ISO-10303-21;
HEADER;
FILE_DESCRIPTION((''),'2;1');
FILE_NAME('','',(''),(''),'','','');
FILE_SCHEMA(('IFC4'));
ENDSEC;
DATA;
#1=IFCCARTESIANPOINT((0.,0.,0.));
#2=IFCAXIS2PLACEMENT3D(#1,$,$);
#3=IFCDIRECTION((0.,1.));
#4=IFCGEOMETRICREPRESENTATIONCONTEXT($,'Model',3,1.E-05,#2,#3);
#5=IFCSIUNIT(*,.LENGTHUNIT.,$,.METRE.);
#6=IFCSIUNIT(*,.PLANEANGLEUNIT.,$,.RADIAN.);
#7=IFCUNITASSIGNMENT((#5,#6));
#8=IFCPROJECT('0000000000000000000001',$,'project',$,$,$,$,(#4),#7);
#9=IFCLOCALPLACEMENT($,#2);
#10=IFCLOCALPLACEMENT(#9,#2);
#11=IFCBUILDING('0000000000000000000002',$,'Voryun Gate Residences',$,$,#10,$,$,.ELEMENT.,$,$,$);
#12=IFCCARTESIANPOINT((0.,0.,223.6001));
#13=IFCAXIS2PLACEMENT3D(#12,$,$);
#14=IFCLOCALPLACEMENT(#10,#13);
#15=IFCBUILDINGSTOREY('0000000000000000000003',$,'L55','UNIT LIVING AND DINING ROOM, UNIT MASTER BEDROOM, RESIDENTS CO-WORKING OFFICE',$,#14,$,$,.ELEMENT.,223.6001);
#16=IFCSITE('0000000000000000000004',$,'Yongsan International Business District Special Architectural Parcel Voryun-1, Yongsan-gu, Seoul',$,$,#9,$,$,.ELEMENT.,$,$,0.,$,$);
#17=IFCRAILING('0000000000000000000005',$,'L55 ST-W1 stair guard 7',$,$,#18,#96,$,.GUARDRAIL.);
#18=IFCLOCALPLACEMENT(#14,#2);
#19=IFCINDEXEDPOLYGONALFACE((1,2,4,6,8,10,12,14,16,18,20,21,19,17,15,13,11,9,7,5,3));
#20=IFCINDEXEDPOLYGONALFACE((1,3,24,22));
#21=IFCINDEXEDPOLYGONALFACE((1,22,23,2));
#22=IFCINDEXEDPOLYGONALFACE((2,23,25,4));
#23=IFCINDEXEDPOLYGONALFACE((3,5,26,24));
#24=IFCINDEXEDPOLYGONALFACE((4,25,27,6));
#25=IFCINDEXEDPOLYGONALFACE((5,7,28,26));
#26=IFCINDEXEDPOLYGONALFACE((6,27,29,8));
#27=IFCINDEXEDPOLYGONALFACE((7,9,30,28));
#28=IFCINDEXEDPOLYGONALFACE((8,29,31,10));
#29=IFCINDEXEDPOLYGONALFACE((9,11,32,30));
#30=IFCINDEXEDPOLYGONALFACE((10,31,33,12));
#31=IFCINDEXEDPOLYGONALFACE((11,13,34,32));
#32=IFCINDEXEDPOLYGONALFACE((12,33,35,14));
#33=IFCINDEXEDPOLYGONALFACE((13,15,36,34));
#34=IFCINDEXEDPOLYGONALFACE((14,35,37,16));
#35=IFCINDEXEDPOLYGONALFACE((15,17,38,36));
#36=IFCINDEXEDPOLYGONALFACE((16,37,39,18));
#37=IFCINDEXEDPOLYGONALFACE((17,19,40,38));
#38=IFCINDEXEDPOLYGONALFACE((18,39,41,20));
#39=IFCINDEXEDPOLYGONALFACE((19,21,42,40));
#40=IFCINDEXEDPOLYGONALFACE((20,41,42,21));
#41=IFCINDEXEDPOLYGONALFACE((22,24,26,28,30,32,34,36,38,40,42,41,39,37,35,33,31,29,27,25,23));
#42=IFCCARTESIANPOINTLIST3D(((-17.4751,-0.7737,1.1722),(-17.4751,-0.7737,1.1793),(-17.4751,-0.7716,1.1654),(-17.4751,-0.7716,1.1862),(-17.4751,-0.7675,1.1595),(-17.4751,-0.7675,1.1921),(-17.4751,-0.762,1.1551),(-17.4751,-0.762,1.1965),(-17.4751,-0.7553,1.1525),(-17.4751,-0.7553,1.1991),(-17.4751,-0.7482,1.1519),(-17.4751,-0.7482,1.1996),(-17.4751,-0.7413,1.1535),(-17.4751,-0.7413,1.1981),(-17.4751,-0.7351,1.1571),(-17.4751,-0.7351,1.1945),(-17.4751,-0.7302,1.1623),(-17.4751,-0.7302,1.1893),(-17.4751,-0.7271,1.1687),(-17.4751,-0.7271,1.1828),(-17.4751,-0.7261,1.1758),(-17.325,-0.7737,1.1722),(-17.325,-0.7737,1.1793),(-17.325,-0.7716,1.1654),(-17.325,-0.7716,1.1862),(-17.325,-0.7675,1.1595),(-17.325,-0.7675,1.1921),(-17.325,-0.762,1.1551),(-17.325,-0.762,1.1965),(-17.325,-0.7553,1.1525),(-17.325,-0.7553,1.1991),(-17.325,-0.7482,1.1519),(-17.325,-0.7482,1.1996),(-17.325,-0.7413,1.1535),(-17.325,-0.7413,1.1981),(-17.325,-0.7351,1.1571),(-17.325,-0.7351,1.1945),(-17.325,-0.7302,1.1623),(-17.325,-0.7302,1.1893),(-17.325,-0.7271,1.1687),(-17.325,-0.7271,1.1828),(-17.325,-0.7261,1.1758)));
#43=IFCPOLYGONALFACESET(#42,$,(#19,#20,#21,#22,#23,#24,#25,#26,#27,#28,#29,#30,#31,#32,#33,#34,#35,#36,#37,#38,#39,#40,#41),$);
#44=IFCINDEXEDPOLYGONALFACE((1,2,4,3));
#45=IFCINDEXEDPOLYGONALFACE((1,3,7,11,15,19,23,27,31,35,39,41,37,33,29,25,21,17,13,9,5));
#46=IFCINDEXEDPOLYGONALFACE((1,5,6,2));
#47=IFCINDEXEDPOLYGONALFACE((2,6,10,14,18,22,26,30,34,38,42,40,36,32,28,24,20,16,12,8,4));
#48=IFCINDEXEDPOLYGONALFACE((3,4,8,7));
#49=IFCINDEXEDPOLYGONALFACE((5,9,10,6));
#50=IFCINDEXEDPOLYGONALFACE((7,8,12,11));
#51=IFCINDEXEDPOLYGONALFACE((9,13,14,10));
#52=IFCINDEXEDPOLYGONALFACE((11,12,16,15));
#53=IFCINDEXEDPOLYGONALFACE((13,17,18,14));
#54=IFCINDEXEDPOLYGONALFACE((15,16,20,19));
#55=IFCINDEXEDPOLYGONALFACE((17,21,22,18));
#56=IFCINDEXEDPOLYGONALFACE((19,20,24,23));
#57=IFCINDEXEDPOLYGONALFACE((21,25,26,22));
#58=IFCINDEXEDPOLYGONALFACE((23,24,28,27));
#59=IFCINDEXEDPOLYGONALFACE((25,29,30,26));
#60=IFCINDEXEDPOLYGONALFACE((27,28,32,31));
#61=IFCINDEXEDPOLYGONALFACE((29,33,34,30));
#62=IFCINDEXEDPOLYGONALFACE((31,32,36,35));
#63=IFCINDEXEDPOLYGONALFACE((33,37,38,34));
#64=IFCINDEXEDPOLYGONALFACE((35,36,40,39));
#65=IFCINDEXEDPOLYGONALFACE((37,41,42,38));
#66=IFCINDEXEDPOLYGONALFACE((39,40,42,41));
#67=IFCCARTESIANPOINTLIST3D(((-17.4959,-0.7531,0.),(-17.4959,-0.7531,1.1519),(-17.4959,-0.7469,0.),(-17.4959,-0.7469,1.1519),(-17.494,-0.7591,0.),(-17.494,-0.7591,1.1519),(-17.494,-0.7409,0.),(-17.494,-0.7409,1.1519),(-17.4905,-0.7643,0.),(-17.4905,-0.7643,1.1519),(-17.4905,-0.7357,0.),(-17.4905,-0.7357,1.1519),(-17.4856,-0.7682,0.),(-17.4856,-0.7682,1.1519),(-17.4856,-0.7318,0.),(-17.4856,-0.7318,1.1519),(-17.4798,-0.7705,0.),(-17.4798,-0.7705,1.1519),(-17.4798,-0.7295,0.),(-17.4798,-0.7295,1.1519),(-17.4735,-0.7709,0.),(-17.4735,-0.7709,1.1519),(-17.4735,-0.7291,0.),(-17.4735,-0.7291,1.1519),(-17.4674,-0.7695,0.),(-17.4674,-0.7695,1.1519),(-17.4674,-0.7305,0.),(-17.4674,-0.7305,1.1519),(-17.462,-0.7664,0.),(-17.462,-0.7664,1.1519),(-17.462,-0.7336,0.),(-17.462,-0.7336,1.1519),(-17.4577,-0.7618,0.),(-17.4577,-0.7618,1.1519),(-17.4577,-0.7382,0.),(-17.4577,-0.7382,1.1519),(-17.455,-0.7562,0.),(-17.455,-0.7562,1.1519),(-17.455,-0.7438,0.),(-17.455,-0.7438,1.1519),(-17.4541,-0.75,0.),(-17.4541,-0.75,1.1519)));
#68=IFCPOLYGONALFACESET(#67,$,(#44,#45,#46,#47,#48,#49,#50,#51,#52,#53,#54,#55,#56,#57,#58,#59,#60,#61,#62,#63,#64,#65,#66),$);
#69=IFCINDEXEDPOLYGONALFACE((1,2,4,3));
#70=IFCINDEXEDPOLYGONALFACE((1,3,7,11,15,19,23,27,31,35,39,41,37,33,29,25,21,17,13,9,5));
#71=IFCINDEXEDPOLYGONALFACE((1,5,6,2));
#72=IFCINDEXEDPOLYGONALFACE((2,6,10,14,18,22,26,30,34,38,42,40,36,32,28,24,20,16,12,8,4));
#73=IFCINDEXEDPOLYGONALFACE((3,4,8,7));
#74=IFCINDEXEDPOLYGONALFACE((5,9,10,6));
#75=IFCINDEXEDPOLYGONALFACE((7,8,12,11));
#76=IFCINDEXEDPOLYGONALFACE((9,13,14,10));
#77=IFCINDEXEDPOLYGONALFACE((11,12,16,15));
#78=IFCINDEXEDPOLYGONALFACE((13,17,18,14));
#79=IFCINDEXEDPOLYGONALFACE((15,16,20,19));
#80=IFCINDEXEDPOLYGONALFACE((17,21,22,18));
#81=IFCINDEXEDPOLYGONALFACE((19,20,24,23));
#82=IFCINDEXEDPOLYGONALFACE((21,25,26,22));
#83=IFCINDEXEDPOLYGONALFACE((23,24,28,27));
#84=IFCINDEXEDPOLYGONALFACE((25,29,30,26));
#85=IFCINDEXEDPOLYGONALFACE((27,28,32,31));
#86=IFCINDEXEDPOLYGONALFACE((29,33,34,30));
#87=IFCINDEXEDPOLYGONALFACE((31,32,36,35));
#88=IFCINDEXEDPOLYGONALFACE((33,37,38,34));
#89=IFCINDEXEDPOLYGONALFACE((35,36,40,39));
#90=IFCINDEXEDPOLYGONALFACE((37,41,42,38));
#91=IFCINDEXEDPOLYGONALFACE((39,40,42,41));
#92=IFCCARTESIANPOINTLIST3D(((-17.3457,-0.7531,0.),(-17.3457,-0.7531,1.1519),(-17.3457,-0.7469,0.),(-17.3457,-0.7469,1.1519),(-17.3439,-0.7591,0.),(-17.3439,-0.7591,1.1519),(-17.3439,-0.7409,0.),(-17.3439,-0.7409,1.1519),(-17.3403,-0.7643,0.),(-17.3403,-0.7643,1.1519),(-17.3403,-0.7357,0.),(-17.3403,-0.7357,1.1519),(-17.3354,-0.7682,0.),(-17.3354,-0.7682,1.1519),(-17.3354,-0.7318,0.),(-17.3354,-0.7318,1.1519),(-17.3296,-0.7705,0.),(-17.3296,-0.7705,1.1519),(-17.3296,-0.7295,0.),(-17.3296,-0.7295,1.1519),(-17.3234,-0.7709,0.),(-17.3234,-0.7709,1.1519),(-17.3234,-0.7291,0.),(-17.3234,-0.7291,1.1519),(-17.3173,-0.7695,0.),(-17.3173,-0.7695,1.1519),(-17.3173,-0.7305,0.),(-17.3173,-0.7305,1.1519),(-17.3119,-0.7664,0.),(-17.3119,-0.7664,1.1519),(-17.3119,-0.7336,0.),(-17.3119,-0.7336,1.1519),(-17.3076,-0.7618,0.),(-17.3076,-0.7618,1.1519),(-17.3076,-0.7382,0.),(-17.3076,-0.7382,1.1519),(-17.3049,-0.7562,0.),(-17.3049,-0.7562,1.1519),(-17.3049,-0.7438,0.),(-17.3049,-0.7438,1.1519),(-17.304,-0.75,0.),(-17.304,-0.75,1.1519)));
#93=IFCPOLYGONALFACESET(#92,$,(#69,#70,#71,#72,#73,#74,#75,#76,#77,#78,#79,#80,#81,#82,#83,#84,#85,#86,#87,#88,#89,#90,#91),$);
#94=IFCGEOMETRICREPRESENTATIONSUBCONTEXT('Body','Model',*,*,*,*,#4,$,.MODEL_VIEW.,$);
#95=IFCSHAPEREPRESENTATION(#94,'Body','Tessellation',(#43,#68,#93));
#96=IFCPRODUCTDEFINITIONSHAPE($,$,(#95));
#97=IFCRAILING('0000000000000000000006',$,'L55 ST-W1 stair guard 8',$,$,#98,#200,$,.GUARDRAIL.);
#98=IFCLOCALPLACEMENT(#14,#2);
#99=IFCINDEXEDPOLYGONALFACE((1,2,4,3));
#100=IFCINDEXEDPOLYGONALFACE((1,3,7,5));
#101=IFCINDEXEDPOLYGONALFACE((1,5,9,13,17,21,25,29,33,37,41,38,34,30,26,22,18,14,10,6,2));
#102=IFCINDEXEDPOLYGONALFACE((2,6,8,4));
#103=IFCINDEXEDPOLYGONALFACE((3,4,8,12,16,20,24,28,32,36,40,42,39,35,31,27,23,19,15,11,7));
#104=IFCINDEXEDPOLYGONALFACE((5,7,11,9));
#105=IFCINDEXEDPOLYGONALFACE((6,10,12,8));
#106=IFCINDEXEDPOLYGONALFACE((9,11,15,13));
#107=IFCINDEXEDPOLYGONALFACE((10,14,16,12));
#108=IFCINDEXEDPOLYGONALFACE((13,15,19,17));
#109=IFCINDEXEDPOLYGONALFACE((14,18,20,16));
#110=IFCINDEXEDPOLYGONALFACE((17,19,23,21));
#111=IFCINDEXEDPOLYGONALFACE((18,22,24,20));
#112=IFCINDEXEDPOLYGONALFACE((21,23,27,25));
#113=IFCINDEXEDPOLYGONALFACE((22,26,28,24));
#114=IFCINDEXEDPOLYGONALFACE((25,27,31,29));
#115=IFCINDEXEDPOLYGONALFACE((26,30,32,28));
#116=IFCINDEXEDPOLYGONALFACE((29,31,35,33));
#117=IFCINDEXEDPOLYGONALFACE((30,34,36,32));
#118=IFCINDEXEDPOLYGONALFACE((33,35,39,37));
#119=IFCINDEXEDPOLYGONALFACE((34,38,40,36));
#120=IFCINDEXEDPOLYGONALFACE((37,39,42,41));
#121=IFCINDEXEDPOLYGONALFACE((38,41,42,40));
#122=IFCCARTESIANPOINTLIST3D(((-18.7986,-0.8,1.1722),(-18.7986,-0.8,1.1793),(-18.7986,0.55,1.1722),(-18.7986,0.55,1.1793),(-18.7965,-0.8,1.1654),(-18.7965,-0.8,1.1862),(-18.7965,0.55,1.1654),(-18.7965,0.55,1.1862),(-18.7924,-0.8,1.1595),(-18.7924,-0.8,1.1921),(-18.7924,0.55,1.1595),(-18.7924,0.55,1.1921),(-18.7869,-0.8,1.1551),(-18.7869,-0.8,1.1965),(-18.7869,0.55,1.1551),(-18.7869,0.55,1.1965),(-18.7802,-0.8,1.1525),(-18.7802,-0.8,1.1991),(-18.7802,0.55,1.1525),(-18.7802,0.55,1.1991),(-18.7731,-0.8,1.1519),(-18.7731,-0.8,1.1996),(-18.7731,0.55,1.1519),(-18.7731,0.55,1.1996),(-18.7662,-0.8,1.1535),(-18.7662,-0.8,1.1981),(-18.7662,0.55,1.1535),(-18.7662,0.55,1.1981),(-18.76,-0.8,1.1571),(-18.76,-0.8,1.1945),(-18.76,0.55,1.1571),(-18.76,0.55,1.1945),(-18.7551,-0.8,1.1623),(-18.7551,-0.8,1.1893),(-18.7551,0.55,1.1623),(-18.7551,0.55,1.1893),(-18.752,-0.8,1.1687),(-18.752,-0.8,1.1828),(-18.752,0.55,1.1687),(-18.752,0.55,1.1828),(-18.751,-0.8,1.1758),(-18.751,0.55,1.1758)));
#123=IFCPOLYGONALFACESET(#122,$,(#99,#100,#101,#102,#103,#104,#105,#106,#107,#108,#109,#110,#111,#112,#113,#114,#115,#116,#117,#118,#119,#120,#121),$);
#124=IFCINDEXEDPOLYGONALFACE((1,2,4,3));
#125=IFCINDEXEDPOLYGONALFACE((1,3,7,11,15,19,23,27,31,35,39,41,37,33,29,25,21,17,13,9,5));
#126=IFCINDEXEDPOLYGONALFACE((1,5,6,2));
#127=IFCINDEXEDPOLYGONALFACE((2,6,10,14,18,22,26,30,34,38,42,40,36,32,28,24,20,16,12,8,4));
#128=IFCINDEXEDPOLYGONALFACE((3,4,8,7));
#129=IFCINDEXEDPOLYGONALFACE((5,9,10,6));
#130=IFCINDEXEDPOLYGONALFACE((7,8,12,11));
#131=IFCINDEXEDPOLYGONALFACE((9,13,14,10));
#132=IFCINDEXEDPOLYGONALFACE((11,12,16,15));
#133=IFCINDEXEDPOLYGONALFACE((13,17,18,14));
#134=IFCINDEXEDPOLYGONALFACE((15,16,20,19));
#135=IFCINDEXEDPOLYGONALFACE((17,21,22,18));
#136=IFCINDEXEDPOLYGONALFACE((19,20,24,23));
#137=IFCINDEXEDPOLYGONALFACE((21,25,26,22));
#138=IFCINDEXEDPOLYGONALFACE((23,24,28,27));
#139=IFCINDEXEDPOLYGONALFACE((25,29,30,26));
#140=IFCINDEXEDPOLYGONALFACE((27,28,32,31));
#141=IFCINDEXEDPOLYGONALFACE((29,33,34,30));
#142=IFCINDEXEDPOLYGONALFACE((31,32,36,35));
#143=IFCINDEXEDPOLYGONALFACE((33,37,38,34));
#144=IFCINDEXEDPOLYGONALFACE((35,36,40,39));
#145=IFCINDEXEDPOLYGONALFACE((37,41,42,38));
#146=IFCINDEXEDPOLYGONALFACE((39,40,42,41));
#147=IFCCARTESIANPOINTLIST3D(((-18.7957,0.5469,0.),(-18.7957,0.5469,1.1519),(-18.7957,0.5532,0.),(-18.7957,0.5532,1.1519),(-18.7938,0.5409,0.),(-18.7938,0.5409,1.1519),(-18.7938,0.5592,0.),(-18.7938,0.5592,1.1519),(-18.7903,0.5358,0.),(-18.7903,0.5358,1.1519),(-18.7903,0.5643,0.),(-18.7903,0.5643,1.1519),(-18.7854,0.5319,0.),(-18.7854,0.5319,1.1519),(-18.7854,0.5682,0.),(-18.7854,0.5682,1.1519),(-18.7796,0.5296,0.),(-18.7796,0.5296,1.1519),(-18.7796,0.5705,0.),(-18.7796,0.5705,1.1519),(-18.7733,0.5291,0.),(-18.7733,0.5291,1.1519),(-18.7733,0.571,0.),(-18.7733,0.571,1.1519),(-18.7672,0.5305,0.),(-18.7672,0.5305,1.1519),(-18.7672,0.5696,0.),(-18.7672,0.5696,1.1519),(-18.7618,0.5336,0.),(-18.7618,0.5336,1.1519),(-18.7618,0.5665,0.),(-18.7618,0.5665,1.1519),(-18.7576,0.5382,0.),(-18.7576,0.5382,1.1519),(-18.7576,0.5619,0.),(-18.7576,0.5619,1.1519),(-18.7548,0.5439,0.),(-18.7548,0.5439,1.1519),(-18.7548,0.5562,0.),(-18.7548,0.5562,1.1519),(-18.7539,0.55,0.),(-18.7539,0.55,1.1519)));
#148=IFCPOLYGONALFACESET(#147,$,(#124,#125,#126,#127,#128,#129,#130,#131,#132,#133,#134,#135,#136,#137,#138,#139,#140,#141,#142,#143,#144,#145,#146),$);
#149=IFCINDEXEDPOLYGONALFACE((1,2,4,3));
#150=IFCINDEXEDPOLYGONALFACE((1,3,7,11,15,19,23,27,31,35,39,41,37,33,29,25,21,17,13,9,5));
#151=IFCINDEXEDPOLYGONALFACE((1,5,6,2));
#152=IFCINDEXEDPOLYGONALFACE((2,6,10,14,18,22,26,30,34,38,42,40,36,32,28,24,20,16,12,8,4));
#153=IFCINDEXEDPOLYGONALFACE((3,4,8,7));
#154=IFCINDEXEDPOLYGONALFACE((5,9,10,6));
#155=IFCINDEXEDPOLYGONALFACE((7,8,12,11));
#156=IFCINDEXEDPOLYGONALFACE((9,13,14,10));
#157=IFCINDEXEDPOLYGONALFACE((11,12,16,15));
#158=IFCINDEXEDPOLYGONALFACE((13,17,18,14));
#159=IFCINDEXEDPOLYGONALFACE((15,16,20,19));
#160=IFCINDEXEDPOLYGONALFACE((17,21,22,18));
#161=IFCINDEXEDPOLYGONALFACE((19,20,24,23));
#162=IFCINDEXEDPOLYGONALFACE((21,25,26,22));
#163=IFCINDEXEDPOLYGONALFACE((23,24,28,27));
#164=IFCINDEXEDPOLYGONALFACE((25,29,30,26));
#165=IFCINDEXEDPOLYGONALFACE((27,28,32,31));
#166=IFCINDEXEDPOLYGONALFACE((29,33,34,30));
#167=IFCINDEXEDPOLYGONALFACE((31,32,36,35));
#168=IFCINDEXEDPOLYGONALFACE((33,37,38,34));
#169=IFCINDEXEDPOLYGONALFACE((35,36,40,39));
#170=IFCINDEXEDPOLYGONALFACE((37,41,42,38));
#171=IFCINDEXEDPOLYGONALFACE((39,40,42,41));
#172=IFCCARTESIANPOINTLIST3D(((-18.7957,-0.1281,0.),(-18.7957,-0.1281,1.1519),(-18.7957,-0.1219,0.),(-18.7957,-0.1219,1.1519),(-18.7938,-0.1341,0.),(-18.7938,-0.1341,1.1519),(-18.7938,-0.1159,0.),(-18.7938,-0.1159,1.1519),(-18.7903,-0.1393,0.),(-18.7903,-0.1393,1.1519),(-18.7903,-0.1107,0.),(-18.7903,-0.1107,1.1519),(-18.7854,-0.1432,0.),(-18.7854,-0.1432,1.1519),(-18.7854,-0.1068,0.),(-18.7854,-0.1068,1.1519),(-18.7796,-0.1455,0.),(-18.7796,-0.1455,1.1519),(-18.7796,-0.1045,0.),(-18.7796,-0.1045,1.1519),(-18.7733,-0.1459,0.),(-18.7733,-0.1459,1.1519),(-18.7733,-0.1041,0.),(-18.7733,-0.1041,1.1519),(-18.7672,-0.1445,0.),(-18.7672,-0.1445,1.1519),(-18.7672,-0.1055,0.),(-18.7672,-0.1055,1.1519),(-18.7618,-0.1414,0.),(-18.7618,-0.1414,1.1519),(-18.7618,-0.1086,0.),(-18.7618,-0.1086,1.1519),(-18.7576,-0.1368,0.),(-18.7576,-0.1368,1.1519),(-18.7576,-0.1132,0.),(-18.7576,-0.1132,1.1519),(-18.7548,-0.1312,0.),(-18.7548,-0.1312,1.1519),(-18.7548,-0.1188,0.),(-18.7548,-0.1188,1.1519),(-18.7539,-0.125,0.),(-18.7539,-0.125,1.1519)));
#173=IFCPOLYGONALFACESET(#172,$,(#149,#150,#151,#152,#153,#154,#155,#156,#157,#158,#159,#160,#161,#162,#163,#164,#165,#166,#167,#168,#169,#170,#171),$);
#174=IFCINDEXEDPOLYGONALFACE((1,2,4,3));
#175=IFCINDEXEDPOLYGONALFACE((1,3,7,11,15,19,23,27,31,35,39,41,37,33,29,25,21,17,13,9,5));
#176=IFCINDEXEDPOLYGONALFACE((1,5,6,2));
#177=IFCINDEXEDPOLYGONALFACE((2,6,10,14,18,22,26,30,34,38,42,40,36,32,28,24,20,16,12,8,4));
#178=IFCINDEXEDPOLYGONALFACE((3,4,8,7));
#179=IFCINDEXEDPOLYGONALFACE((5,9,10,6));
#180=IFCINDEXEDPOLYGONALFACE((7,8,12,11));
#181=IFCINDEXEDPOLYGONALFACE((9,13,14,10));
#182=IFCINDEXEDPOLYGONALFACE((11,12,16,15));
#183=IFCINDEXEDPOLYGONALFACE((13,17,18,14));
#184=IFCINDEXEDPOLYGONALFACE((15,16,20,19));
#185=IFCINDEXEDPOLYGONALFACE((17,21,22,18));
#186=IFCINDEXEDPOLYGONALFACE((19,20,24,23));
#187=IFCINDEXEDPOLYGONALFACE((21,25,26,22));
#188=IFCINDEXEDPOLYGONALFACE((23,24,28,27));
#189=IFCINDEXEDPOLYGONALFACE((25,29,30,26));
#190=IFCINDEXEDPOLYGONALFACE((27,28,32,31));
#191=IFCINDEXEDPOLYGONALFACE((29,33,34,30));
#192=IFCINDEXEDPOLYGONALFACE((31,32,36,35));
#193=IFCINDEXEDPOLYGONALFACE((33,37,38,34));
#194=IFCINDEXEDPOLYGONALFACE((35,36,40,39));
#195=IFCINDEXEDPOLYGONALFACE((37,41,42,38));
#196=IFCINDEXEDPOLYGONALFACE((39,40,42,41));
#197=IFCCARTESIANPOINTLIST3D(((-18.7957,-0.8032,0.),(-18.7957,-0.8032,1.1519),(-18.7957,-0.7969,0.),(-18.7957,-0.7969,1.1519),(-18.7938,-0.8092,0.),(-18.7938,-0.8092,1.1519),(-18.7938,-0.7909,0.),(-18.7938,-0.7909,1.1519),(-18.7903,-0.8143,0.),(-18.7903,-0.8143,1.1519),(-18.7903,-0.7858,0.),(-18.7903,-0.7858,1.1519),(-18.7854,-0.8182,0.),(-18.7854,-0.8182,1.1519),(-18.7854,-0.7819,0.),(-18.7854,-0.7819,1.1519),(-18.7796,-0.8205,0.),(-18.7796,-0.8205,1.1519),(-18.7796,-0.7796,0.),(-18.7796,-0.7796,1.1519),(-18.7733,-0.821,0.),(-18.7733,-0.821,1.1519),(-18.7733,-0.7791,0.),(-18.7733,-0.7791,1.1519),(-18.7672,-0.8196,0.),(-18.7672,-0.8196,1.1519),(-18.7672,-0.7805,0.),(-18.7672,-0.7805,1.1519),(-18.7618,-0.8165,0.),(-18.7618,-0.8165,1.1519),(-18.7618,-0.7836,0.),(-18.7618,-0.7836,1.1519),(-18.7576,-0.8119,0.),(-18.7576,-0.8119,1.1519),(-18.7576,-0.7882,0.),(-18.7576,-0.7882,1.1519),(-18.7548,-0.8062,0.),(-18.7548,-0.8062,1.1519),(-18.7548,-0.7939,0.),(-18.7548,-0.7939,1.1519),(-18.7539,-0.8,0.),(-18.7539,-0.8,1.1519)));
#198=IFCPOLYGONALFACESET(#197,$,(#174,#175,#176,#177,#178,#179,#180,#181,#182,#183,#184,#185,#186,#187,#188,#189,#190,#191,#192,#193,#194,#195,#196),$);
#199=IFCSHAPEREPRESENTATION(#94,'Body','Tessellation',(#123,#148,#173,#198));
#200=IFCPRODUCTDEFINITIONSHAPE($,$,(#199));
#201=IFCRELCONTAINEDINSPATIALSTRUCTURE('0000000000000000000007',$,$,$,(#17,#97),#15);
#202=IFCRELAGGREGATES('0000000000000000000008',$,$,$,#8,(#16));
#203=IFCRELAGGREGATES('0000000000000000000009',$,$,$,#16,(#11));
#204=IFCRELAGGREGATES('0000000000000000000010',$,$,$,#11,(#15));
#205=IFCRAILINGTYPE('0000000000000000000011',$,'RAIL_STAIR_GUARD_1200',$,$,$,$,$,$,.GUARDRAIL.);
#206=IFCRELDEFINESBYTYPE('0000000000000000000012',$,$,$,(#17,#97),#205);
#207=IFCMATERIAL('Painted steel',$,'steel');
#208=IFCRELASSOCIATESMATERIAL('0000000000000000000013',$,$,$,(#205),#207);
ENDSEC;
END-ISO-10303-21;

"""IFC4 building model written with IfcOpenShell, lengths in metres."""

from ifc_helpers import new_model, si_unit, direction, frame, origin, origin_2d, place, context, subcontext, project, spatial, circle, extrude, material, type_object, element, save


model = new_model("IFC4")

# Units and contexts
model_context = context("Model", 3, precision=1e-05, world=origin(), true_north=direction((0.0, 1.0)))
body_context = subcontext(model_context, "Body", "Model", "MODEL_VIEW")
ifc_project = project(units=[si_unit("LENGTHUNIT", "METRE"), si_unit("PLANEANGLEUNIT", "RADIAN")], contexts=[model_context])

# Site, building, storey
site_placement = place(None, origin())
site = spatial("IfcSite", under=ifc_project, at=site_placement, Name="Yongsan International Business District Special Architectural Parcel Voryun-1, Yongsan-gu, Seoul", CompositionType="ELEMENT", RefElevation=0.0)
building_placement = place(site_placement, origin())
building = spatial("IfcBuilding", under=site, at=building_placement, Name="Voryun Gate Residences", CompositionType="ELEMENT")
storey_placement = place(building_placement, frame((0.0, 0.0, 223.6001)))
storey = spatial("IfcBuildingStorey", under=building, at=storey_placement, Name="L55", Description="UNIT LIVING AND DINING ROOM, UNIT MASTER BEDROOM, RESIDENTS CO-WORKING OFFICE", CompositionType="ELEMENT", Elevation=223.6001)

# Railings
ifc_material_1 = material(Name="Painted steel", Category="steel")
railing_type = type_object("IfcRailingType", Name="RAIL_STAIR_GUARD_1200", PredefinedType="GUARDRAIL", material=ifc_material_1)
railing_1_placement = place(storey_placement, frame((-17.4751, -0.75, 0.0)))
element("IfcRailing", 1, at=railing_1_placement, inside=storey, type_object=railing_type, Name="L55 ST-W1 stair guard 7", PredefinedType="GUARDRAIL", context=body_context, shape_type="SweptSolid", body=[
    extrude(circle(Radius=0.0239, at=origin_2d()), frame((0.0, 0.0, 1.1758), z_axis=(1.0, 0.0, 0.0), x_axis=(0.0, 1.0, 0.0)), (0.0, 0.0, 1.0), 0.1501),
    extrude(circle(Radius=0.021, at=origin_2d()), origin(), (0.0, 0.0, 1.0), 1.1519),
    extrude(circle(Radius=0.021, at=origin_2d()), frame((0.1501, 0.0, 0.0)), (0.0, 0.0, 1.0), 1.1519),
])
railing_2_placement = place(storey_placement, frame((-18.7749, 0.55, 0.0)))
element("IfcRailing", 2, at=railing_2_placement, inside=storey, type_object=railing_type, Name="L55 ST-W1 stair guard 8", PredefinedType="GUARDRAIL", context=body_context, shape_type="SweptSolid", body=[
    extrude(circle(Radius=0.0239, at=origin_2d()), frame((0.0, 0.0, 1.1758), z_axis=(0.0, -1.0, 0.0), x_axis=(1.0, 0.0, 0.0)), (0.0, 0.0, 1.0), 1.3501),
    extrude(circle(Radius=0.021, at=origin_2d()), origin(), (0.0, 0.0, 1.0), 1.1519),
    extrude(circle(Radius=0.021, at=origin_2d()), frame((0.0, -0.675, 0.0)), (0.0, 0.0, 1.0), 1.1519),
    extrude(circle(Radius=0.021, at=origin_2d()), frame((0.0, -1.3501, 0.0)), (0.0, 0.0, 1.0), 1.1519),
])

save(model, "model.ifc")
